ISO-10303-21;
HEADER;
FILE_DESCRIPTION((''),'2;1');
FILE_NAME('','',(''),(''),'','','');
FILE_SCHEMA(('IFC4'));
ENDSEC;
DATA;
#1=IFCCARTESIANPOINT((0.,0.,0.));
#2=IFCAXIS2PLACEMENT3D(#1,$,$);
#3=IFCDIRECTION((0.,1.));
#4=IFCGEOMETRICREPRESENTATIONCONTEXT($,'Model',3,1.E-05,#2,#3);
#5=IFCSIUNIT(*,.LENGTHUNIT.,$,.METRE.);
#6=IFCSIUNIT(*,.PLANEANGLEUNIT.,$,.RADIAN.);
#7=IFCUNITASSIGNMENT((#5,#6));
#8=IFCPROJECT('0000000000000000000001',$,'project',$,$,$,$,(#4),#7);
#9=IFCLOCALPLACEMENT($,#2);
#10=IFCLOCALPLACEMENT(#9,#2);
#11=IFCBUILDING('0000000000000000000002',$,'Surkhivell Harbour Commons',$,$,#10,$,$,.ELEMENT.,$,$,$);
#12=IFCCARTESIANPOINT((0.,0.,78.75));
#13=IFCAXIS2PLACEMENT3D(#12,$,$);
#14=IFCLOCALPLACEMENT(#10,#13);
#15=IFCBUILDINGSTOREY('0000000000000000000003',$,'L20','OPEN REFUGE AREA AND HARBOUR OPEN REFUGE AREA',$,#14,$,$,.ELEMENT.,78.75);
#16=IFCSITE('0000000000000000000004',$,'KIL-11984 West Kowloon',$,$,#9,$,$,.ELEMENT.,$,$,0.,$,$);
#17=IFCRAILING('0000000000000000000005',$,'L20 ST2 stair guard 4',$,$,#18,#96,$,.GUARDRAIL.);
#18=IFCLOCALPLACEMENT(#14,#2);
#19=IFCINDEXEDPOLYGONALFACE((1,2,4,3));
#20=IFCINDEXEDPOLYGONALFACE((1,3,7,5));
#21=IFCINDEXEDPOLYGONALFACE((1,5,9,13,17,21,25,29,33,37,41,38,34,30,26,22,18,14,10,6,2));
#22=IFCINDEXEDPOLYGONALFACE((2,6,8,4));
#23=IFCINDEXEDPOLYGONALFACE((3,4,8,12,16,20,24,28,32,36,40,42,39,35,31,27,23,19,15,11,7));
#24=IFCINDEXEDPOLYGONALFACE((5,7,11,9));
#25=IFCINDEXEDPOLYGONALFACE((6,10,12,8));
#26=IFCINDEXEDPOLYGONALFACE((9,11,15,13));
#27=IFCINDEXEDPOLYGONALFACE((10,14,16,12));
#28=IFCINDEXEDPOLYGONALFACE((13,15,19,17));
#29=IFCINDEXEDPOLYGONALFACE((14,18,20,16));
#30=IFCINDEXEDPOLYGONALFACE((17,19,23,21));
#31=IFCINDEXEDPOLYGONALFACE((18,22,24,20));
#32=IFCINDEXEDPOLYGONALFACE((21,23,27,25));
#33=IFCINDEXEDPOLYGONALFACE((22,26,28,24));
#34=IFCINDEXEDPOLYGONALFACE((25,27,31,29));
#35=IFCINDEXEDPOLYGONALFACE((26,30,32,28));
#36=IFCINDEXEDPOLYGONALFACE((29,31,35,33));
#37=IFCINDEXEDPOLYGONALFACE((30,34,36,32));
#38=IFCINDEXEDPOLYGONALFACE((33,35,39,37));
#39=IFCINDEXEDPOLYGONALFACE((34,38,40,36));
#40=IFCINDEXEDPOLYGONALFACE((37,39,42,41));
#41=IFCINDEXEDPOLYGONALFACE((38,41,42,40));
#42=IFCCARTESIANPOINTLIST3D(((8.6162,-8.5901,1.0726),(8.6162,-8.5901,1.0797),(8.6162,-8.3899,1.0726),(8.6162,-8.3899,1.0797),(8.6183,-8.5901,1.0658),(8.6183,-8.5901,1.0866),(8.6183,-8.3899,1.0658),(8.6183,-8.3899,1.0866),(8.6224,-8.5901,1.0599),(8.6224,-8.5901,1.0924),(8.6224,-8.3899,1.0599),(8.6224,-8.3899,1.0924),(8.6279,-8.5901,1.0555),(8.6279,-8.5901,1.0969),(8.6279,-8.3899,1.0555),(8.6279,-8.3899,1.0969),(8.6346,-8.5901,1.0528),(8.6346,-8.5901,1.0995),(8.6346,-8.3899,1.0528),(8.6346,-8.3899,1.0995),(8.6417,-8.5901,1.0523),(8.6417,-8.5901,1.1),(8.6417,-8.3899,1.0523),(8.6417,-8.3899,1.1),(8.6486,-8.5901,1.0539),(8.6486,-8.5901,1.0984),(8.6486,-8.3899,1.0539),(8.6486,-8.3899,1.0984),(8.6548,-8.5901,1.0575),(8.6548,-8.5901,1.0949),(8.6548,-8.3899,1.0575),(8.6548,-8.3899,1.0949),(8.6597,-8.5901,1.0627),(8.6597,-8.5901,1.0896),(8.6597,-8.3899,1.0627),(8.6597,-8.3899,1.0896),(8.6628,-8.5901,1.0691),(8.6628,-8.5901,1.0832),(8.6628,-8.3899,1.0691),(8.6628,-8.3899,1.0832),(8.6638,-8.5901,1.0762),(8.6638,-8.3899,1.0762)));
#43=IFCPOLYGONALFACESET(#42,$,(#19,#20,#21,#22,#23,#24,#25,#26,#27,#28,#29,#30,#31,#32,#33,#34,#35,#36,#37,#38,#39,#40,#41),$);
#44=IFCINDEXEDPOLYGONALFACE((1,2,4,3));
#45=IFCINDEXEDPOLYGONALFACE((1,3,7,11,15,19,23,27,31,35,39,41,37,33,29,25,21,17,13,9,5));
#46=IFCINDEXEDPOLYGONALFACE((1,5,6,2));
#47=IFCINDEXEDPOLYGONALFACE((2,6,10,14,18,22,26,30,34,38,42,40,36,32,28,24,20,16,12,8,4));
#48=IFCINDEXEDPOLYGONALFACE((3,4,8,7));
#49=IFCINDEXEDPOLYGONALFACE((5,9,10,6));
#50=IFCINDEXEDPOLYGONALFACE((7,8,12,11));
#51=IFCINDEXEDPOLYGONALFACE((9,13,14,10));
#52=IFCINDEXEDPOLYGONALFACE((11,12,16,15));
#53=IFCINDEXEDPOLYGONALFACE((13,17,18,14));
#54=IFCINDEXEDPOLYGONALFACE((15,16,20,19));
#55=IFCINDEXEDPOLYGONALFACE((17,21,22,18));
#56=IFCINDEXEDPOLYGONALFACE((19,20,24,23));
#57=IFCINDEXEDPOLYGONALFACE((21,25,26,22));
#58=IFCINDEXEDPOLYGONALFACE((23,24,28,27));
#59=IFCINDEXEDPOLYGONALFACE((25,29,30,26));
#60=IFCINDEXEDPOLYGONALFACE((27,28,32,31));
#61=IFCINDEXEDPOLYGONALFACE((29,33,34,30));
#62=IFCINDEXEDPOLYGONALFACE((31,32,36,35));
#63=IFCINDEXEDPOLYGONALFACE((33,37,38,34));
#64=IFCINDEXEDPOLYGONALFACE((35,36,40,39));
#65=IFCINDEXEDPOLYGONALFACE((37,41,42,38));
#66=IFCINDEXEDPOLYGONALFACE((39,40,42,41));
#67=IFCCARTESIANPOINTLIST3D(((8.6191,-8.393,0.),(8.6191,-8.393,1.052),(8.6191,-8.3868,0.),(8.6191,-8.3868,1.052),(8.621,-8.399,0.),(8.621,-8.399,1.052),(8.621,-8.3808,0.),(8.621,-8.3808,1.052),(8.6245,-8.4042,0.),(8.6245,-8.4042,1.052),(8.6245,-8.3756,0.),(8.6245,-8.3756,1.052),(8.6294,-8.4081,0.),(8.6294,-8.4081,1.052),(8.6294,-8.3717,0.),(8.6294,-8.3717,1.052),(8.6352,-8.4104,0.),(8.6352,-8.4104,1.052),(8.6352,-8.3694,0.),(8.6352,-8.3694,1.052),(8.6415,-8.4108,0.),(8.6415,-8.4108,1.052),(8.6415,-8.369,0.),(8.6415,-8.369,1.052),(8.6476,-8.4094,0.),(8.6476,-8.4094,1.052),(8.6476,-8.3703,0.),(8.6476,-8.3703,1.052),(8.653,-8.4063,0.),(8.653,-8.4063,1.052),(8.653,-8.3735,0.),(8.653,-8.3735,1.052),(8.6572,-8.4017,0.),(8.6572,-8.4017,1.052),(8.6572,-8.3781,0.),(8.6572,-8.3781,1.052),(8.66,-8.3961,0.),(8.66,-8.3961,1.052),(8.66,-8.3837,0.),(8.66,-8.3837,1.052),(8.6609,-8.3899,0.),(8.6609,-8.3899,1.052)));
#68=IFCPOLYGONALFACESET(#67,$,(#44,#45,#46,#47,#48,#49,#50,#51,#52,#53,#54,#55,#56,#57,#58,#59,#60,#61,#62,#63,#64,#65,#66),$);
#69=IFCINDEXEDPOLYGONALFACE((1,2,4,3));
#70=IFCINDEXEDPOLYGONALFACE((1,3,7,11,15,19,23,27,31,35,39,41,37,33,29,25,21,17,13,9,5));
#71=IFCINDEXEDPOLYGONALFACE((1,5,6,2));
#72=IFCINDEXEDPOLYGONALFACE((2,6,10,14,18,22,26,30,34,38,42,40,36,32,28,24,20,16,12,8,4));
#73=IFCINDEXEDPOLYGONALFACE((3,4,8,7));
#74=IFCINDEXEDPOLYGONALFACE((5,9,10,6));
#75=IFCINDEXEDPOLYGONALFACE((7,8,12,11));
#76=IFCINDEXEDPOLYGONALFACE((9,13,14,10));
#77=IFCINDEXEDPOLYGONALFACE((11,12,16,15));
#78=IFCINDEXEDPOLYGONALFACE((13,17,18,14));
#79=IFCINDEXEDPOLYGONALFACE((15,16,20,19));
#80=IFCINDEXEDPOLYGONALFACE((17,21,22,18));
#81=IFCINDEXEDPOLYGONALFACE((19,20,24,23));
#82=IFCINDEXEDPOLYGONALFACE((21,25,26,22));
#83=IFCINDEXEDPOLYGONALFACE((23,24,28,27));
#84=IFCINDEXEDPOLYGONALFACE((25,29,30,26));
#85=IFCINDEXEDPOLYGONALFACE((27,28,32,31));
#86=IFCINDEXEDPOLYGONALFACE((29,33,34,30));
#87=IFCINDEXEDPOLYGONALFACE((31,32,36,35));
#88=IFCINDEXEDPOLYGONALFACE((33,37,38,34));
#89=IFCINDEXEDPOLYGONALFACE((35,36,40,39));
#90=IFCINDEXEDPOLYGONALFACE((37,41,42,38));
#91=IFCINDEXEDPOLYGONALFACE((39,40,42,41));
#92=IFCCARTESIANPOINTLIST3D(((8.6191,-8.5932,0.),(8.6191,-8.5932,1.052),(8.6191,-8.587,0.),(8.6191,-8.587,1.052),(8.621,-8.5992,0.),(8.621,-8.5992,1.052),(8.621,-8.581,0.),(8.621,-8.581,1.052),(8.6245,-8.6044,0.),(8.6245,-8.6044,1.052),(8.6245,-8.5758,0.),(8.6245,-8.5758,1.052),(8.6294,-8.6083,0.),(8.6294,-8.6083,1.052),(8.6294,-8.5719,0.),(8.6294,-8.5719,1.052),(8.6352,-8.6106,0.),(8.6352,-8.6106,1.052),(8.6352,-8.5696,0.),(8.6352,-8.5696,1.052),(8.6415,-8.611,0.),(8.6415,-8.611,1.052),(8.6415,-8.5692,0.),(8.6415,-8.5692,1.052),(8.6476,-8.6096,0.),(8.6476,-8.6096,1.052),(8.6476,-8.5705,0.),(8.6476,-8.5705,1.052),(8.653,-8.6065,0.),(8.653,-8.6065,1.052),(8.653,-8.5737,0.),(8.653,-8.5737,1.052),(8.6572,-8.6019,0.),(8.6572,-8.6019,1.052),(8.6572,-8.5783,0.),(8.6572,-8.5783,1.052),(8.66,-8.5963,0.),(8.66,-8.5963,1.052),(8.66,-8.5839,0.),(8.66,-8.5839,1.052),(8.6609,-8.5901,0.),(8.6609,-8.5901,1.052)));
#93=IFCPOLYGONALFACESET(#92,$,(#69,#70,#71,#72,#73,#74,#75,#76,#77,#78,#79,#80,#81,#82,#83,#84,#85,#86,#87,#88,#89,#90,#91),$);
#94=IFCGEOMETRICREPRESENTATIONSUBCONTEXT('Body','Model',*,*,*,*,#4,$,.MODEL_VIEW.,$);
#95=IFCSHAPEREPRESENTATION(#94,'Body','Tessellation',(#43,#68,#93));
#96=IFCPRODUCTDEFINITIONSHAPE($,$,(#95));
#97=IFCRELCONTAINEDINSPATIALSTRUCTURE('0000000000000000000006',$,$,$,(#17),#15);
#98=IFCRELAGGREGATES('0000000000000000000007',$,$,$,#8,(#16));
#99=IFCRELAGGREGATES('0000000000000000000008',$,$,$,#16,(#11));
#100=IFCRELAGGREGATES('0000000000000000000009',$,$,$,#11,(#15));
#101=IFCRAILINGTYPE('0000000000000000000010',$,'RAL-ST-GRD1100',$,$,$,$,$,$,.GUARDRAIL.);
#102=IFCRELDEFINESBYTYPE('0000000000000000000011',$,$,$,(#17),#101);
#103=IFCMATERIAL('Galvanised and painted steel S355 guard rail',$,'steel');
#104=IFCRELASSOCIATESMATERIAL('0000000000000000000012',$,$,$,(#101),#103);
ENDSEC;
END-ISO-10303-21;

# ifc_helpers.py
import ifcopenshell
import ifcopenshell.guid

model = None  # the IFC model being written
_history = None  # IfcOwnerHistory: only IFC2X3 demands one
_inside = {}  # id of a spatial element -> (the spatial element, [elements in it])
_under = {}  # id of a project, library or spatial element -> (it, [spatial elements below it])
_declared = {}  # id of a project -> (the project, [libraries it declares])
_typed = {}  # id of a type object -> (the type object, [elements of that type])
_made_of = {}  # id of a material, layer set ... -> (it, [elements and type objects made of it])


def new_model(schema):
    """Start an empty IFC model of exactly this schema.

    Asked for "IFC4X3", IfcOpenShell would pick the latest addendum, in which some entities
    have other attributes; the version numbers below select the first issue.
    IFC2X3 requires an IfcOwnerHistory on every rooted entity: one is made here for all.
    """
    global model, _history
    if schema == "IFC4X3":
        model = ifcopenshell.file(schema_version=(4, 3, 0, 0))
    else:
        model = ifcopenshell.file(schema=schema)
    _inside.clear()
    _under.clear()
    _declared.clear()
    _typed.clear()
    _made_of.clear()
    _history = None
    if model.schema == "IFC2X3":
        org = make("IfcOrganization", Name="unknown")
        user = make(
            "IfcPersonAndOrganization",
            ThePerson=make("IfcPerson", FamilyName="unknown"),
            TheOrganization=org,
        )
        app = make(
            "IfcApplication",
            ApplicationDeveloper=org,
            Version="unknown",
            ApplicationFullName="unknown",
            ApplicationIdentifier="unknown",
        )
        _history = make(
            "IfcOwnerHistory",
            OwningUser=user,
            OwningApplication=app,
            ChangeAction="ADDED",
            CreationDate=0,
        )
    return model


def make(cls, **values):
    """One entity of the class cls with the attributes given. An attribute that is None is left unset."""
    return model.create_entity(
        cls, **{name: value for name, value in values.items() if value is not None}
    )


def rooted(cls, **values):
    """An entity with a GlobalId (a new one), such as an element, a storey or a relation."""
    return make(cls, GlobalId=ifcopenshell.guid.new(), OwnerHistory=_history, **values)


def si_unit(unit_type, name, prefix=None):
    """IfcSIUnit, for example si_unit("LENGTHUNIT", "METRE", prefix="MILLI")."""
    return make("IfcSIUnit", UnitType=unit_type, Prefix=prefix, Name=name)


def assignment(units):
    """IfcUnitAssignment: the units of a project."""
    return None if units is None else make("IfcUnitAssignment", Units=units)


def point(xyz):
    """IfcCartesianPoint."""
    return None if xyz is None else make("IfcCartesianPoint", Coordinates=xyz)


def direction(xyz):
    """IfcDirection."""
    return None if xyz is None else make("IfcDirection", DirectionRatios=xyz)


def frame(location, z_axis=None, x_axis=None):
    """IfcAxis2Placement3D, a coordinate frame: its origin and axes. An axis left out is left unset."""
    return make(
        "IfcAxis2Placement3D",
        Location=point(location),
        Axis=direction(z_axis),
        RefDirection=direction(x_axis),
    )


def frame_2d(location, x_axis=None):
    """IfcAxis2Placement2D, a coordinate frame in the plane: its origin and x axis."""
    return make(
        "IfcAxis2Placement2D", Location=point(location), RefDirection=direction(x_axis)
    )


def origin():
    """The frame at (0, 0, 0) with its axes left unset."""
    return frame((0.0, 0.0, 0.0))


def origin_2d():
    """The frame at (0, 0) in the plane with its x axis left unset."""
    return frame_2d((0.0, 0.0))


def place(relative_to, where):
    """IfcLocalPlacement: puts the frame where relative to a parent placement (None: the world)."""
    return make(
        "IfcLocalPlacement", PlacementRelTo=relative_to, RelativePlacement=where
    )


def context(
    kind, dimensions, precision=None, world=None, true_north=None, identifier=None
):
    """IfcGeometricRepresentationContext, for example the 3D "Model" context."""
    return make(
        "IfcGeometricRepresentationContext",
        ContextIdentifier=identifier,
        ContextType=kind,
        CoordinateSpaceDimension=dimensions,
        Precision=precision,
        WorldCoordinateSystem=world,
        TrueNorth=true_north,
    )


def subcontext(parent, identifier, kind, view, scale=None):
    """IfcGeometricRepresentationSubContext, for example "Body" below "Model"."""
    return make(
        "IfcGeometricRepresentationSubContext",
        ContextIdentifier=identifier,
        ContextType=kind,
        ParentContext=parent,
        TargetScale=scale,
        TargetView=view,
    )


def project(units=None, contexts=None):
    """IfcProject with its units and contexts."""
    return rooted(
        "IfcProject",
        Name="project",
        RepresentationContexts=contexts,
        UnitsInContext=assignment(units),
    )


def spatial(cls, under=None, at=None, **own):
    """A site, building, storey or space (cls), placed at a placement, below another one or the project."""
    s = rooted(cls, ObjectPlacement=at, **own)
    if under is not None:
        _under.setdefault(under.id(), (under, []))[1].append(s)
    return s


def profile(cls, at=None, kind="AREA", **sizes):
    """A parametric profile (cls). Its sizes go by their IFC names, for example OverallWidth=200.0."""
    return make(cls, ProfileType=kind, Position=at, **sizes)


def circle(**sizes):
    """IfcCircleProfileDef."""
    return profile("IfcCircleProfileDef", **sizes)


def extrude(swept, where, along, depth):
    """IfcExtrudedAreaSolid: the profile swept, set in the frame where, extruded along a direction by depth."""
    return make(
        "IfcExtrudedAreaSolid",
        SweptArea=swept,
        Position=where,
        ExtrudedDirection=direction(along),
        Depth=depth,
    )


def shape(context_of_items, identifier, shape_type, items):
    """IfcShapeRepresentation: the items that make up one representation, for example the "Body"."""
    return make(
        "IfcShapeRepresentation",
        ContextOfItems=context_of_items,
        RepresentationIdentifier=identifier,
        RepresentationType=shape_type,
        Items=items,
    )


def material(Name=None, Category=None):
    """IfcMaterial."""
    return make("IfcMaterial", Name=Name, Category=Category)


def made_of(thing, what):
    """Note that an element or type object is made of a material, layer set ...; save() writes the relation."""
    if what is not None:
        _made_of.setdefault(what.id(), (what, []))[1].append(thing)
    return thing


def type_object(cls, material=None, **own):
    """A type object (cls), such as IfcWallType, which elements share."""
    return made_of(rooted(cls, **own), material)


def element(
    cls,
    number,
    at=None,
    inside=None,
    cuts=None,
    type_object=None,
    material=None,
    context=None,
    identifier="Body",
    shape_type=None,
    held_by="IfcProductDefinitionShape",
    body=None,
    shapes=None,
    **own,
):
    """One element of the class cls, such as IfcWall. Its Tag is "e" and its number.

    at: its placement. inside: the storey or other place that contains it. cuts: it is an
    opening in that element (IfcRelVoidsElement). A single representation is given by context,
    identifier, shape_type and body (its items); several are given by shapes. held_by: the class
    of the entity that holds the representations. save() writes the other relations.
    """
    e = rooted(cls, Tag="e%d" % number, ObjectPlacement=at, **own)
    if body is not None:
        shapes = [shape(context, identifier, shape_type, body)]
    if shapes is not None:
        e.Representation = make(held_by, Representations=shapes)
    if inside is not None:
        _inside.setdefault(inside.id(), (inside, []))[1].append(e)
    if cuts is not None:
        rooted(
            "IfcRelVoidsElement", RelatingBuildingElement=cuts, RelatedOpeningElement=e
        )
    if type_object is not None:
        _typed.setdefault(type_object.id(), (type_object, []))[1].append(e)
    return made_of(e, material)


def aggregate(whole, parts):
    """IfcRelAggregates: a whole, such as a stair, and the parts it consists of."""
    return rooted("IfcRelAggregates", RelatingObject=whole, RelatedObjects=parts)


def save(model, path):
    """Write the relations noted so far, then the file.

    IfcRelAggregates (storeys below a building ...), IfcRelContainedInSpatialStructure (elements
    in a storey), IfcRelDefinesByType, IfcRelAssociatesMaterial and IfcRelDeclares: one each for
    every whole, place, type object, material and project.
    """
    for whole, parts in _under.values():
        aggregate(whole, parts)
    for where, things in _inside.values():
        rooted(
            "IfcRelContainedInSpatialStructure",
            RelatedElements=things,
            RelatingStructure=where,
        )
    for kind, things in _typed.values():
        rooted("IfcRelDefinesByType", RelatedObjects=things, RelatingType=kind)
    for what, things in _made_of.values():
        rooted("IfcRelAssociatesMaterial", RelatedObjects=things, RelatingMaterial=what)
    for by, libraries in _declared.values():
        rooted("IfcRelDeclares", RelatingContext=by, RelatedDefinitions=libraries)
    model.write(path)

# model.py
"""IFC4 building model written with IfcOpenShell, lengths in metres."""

from ifc_helpers import new_model, si_unit, direction, frame, origin, origin_2d, place, context, subcontext, project, spatial, circle, extrude, material, type_object, element, save


model = new_model("IFC4")

# Units and contexts
model_context = context("Model", 3, precision=1e-05, world=origin(), true_north=direction((0.0, 1.0)))
body_context = subcontext(model_context, "Body", "Model", "MODEL_VIEW")
ifc_project = project(units=[si_unit("LENGTHUNIT", "METRE"), si_unit("PLANEANGLEUNIT", "RADIAN")], contexts=[model_context])

# Site, building, storey
site_placement = place(None, origin())
site = spatial("IfcSite", under=ifc_project, at=site_placement, Name="KIL-11984 West Kowloon", CompositionType="ELEMENT", RefElevation=0.0)
building_placement = place(site_placement, origin())
building = spatial("IfcBuilding", under=site, at=building_placement, Name="Surkhivell Harbour Commons", CompositionType="ELEMENT")
storey_placement = place(building_placement, frame((0.0, 0.0, 78.75)))
storey = spatial("IfcBuildingStorey", under=building, at=storey_placement, Name="L20", Description="OPEN REFUGE AREA AND HARBOUR OPEN REFUGE AREA", CompositionType="ELEMENT", Elevation=78.75)

# Railing
ifc_material_1 = material(Name="Galvanised and painted steel S355 guard rail", Category="steel")
railing_type_1 = type_object("IfcRailingType", Name="RAL-ST-GRD1100", PredefinedType="GUARDRAIL", material=ifc_material_1)
railing_1_placement = place(storey_placement, frame((8.6399, -8.3899, 0.0)))
element("IfcRailing", 1, at=railing_1_placement, inside=storey, type_object=railing_type_1, Name="L20 ST2 stair guard 4", PredefinedType="GUARDRAIL", context=body_context, shape_type="SweptSolid", body=[
    extrude(circle(Radius=0.0239, at=origin_2d()), frame((0.0, 0.0, 1.0762), z_axis=(0.0, -1.0, 0.0), x_axis=(1.0, 0.0, 0.0)), (0.0, 0.0, 1.0), 0.2002),
    extrude(circle(Radius=0.021, at=origin_2d()), origin(), (0.0, 0.0, 1.0), 1.052),
    extrude(circle(Radius=0.021, at=origin_2d()), frame((0.0, -0.2002, 0.0)), (0.0, 0.0, 1.0), 1.052),
])

save(model, "model.ifc")
